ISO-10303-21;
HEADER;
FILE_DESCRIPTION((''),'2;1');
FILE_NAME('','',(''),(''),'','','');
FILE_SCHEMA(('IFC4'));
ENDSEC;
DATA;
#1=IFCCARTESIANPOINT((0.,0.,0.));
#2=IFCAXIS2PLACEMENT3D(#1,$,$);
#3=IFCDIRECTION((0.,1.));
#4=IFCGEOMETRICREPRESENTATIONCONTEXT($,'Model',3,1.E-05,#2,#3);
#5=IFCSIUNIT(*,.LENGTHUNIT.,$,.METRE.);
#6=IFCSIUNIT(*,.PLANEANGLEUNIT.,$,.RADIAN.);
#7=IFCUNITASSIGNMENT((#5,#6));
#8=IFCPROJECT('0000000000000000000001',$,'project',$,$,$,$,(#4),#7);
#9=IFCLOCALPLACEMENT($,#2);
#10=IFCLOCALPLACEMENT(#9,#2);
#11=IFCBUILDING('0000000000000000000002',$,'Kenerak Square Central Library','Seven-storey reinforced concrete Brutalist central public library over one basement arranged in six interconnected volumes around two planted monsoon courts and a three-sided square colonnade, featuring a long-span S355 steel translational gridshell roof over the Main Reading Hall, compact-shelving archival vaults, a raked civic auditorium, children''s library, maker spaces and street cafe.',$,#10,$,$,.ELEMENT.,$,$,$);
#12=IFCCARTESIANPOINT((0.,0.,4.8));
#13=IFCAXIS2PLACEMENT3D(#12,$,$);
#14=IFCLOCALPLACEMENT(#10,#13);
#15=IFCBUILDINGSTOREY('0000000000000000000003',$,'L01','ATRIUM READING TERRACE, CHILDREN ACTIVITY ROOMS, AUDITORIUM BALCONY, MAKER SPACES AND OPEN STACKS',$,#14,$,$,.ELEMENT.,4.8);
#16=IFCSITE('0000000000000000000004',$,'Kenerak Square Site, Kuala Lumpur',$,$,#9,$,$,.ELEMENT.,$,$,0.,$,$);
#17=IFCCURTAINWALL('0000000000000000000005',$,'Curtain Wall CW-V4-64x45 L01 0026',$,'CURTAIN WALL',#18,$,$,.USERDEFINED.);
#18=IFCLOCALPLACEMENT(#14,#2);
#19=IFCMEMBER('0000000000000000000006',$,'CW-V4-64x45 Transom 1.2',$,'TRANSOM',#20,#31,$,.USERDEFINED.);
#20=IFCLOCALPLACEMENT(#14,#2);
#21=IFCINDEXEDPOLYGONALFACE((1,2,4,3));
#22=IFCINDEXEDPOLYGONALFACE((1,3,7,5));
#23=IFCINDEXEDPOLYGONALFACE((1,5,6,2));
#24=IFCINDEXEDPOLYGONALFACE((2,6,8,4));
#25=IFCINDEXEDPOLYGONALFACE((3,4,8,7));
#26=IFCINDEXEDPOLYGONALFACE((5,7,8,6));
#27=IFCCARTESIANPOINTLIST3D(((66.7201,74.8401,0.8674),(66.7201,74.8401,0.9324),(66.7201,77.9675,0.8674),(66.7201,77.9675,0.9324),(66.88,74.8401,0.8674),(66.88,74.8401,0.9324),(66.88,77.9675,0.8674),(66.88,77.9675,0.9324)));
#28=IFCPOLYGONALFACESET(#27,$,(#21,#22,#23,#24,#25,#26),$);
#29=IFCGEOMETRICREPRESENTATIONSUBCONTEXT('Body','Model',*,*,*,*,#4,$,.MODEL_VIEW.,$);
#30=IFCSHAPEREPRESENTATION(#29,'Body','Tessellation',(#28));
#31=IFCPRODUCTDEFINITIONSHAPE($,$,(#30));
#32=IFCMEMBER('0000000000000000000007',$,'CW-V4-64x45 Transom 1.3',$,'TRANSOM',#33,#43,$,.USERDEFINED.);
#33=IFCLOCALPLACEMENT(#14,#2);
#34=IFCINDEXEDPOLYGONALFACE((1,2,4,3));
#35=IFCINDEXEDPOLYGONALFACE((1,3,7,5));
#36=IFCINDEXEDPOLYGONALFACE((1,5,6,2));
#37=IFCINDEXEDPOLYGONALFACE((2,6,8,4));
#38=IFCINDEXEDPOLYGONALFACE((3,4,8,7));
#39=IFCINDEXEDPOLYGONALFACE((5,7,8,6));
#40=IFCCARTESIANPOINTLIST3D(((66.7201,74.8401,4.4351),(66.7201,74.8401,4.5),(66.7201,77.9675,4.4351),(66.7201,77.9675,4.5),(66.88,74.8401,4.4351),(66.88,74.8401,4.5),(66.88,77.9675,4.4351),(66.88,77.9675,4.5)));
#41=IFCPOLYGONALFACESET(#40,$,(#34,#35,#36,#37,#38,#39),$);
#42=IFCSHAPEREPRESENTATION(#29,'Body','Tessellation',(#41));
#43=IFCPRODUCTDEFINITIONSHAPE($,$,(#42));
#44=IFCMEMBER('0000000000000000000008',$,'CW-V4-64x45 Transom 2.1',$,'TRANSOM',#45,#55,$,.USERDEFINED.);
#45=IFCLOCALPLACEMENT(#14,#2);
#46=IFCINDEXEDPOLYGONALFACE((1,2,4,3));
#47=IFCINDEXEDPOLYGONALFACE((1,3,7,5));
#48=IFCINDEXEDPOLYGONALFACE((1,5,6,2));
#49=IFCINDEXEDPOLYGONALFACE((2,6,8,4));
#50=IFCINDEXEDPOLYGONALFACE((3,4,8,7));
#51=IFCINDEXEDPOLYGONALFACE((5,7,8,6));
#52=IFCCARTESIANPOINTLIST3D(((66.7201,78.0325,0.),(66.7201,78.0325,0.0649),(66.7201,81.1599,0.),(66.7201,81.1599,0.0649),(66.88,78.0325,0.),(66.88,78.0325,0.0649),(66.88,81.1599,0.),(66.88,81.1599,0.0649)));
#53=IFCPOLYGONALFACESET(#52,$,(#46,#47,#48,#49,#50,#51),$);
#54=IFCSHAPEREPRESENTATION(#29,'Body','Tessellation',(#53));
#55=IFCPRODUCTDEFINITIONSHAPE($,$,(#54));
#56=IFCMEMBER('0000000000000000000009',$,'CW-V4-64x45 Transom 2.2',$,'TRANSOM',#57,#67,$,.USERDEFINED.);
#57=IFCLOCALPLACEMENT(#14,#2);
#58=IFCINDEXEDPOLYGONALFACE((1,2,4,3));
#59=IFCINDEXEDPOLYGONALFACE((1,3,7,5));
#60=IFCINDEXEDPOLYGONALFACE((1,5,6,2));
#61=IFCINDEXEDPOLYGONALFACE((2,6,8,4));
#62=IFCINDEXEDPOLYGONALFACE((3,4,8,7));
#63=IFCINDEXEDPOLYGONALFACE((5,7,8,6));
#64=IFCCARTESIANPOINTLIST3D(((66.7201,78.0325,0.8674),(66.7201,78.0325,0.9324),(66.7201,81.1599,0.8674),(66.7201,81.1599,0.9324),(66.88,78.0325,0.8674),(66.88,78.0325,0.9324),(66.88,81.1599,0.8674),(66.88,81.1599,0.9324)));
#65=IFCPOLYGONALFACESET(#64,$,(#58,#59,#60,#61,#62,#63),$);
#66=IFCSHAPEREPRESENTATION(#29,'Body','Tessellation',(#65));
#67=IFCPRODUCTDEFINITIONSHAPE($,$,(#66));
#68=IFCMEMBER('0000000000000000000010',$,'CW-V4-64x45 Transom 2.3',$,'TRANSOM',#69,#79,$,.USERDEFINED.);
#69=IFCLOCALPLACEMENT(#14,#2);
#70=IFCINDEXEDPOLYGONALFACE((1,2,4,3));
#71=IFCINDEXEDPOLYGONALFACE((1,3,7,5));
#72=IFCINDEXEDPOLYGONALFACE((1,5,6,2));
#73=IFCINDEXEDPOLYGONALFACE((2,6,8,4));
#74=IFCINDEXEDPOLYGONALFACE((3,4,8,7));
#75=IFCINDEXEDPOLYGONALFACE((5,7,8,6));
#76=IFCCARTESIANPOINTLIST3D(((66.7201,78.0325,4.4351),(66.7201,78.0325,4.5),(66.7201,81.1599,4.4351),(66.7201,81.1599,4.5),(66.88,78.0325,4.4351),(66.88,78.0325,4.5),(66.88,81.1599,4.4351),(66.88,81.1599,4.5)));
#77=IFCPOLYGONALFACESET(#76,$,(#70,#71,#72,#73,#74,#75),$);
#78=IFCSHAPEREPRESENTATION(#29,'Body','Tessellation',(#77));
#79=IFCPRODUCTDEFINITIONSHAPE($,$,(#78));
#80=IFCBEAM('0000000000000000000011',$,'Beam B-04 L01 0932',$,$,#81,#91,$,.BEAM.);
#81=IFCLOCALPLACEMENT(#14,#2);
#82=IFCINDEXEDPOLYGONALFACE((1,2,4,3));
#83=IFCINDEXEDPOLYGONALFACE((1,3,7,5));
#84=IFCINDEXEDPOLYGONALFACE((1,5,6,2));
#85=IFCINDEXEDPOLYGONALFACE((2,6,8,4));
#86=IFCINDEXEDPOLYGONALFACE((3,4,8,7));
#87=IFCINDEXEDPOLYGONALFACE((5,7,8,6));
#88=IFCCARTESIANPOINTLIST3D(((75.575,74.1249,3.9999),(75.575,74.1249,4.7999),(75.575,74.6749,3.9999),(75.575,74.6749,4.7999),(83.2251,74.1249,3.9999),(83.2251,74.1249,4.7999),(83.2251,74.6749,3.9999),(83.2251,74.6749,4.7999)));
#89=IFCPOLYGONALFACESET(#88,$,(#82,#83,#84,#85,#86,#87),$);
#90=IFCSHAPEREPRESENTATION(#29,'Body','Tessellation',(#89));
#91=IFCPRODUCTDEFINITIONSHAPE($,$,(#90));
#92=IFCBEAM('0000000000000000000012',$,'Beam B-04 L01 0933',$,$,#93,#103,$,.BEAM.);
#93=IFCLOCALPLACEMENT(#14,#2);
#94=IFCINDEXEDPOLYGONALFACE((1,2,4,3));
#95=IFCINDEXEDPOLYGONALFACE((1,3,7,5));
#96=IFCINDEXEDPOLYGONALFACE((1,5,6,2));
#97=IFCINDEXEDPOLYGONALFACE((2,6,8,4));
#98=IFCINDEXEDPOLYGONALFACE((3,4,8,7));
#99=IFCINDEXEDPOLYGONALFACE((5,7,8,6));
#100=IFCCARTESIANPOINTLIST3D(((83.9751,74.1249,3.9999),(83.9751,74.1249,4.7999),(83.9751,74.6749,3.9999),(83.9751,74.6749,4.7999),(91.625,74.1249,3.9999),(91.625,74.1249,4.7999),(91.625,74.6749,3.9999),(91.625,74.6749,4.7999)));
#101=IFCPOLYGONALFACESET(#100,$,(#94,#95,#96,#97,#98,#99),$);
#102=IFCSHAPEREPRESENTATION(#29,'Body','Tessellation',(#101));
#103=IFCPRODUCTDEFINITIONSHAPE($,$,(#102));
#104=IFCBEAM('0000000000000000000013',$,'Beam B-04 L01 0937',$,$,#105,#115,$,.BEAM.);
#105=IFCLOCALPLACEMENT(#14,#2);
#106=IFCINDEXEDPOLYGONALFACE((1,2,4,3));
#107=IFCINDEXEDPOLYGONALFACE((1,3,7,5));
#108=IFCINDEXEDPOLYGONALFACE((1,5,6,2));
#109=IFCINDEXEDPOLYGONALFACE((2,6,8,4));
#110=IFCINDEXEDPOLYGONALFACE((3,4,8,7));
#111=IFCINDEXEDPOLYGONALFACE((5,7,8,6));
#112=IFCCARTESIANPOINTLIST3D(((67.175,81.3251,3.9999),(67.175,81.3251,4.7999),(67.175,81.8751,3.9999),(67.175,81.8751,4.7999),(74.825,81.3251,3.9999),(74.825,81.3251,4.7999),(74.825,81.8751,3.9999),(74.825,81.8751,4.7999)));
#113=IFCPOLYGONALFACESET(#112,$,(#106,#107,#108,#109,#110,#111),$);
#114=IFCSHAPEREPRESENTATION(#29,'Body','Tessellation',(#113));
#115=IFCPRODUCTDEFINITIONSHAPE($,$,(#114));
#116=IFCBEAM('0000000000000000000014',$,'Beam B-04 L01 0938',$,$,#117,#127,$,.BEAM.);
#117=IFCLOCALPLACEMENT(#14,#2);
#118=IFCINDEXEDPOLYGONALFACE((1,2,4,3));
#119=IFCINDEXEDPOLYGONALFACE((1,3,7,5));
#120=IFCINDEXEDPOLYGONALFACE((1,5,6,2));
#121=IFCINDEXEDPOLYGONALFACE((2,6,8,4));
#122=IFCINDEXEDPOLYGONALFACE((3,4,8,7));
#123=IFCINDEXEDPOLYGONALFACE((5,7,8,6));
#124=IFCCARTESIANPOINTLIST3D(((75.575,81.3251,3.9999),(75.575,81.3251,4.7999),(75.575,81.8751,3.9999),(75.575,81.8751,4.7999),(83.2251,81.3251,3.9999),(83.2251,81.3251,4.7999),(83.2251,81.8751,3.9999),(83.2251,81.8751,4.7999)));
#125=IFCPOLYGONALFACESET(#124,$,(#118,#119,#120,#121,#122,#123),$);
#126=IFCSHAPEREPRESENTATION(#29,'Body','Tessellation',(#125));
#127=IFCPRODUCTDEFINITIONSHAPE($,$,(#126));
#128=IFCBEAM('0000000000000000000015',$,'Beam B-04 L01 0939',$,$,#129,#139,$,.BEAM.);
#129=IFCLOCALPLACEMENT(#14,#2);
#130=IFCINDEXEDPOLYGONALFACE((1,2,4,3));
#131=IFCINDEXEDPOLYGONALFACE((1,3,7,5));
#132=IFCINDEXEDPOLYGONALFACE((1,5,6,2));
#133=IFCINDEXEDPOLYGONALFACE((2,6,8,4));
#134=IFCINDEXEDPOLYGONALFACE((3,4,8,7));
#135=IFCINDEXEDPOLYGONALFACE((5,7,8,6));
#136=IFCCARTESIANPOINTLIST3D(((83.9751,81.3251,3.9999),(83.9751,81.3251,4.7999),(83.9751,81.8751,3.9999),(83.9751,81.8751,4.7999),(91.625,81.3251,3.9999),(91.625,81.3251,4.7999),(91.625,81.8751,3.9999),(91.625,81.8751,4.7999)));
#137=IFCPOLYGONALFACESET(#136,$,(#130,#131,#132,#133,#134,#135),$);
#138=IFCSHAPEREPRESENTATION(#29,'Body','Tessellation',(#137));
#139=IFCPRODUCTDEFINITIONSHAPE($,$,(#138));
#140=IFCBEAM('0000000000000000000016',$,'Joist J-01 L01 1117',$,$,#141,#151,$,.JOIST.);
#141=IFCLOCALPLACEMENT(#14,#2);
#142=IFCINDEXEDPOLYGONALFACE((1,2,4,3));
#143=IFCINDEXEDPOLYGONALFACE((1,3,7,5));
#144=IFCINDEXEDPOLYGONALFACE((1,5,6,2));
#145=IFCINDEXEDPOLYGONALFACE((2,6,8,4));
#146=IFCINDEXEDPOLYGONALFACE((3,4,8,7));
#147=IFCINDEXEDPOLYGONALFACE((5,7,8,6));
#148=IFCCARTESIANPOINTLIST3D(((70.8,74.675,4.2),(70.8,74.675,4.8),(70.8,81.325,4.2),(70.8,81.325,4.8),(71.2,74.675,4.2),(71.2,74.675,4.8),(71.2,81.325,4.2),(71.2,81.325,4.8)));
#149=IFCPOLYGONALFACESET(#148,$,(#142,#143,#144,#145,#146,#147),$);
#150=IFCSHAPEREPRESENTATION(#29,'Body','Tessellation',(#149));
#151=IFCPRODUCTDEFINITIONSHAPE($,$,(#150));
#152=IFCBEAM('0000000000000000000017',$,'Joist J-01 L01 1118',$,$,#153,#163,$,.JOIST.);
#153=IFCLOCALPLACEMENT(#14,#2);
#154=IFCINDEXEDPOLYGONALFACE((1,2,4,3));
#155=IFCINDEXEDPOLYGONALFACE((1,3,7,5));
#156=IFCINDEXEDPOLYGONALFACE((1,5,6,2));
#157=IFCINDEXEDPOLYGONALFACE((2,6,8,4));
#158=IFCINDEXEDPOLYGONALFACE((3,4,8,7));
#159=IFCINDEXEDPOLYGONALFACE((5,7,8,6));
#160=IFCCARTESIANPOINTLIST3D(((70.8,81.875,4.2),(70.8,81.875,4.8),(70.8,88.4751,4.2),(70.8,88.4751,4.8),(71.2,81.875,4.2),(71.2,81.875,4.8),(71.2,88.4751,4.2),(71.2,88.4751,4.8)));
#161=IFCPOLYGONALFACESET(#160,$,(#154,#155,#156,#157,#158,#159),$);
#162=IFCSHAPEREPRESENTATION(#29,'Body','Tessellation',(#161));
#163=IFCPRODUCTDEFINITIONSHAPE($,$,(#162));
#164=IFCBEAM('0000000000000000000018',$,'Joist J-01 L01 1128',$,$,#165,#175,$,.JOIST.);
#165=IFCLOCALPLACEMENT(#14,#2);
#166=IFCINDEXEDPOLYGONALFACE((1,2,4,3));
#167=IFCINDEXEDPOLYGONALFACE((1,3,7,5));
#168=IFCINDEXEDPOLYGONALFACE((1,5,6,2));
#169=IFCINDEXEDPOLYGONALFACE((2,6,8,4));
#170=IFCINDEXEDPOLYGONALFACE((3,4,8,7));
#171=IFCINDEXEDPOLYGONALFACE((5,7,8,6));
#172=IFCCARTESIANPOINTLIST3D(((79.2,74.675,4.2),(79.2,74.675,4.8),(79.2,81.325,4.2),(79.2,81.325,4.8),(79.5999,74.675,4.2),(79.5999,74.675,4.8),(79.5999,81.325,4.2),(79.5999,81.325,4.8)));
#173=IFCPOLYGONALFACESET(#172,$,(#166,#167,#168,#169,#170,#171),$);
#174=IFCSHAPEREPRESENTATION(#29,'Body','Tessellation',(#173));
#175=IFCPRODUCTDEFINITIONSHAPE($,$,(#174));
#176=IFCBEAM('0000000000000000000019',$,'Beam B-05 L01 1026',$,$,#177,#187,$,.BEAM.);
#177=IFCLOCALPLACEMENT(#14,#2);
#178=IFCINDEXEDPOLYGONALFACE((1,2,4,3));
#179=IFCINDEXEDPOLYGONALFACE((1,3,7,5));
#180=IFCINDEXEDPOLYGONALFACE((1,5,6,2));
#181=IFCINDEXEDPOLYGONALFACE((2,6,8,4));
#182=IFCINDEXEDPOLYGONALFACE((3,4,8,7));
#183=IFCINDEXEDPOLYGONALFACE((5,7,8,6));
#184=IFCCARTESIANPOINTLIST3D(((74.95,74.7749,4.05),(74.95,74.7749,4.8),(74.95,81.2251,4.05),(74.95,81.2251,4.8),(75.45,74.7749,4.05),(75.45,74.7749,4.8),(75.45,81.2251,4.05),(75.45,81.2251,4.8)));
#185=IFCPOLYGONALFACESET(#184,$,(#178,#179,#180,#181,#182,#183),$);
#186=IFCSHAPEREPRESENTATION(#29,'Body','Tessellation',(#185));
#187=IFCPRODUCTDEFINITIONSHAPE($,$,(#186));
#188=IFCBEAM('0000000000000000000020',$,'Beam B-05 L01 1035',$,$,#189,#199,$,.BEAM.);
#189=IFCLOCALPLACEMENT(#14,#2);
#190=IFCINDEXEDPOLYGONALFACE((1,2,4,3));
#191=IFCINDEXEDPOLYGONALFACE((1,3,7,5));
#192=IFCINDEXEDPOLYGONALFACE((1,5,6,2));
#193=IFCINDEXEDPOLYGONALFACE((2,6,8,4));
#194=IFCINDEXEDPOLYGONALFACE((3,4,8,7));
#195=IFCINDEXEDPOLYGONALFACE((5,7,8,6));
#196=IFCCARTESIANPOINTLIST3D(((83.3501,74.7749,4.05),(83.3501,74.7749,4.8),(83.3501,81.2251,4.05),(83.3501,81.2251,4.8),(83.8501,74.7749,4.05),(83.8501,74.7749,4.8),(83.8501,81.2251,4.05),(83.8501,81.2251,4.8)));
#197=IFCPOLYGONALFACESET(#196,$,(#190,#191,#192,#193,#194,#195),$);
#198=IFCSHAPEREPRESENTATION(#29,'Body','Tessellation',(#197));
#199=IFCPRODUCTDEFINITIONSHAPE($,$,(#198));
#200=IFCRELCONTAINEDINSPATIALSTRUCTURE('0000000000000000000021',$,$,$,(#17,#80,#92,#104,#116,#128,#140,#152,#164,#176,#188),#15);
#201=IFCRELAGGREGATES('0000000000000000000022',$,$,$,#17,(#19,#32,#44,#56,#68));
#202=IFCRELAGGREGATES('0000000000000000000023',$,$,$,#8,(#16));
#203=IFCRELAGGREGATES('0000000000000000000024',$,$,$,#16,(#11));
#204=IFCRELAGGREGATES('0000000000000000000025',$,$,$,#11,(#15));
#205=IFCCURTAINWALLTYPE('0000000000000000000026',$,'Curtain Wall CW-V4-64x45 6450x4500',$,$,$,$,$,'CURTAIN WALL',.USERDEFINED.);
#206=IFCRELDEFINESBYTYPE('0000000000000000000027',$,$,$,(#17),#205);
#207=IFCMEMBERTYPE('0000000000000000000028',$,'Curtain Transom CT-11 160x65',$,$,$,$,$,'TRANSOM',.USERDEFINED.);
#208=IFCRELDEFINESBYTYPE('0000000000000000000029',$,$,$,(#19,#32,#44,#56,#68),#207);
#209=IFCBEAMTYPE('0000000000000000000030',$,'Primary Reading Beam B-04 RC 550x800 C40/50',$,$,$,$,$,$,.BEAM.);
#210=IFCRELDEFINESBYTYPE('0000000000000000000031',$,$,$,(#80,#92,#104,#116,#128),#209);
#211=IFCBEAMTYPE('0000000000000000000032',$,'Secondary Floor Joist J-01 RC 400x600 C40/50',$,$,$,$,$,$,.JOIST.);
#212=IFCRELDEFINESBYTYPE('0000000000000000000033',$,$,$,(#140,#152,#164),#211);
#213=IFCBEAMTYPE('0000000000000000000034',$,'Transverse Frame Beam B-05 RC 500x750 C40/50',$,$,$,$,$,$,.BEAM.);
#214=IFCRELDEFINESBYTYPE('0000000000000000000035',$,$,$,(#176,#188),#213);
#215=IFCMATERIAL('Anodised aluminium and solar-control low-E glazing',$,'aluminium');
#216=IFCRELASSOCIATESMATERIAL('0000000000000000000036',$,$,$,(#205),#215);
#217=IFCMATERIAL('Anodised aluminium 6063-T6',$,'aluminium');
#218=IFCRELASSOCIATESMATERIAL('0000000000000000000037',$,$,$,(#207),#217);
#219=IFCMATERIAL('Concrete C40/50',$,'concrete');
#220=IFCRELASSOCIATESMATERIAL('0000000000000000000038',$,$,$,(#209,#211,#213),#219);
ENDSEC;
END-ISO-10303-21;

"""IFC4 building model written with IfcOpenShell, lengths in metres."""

from ifc_helpers import new_model, si_unit, direction, frame, origin, origin_2d, place, context, subcontext, project, spatial, rectangle, extrude, material, material_profile, profile_set, type_object, element, aggregate, save


model = new_model("IFC4")

# Units and contexts
model_context = context("Model", 3, precision=1e-05, world=origin(), true_north=direction((0.0, 1.0)))
body_context = subcontext(model_context, "Body", "Model", "MODEL_VIEW")
ifc_project = project(units=[si_unit("LENGTHUNIT", "METRE"), si_unit("PLANEANGLEUNIT", "RADIAN")], contexts=[model_context])

# Site, building, storey
site_placement = place(None, origin())
site = spatial("IfcSite", under=ifc_project, at=site_placement, Name="Kenerak Square Site, Kuala Lumpur", CompositionType="ELEMENT", RefElevation=0.0)
building_placement = place(site_placement, origin())
building = spatial("IfcBuilding", under=site, at=building_placement, Name="Kenerak Square Central Library", Description="Seven-storey reinforced concrete Brutalist central public library over one basement arranged in six interconnected volumes around two planted monsoon courts and a three-sided square colonnade, featuring a long-span S355 steel translational gridshell roof over the Main Reading Hall, compact-shelving archival vaults, a raked civic auditorium, children's library, maker spaces and street cafe.", CompositionType="ELEMENT")
storey_placement = place(building_placement, frame((0.0, 0.0, 4.8)))
storey = spatial("IfcBuildingStorey", under=building, at=storey_placement, Name="L01", Description="ATRIUM READING TERRACE, CHILDREN ACTIVITY ROOMS, AUDITORIUM BALCONY, MAKER SPACES AND OPEN STACKS", CompositionType="ELEMENT", Elevation=4.8)

# Shared definitions
ifc_material_1 = material(Name="Concrete C40/50", Category="concrete")

# Curtain wall, members
ifc_material_2 = material(Name="Anodised aluminium and solar-control low-E glazing", Category="aluminium")
curtain_wall_type = type_object("IfcCurtainWallType", Name="Curtain Wall CW-V4-64x45 6450x4500", ElementType="CURTAIN WALL", PredefinedType="USERDEFINED", material=ifc_material_2)
curtain_wall_placement = place(storey_placement, origin())
curtain_wall = element("IfcCurtainWall", 1, at=curtain_wall_placement, inside=storey, type_object=curtain_wall_type, Name="Curtain Wall CW-V4-64x45 L01 0026", ObjectType="CURTAIN WALL", PredefinedType="USERDEFINED")
ifc_material_3 = material(Name="Anodised aluminium 6063-T6", Category="aluminium")
ifc_material_profile_1 = material_profile(ifc_material_3, rectangle(XDim=0.1599, YDim=0.0649, at=origin_2d()), Name="AL TRANSOM 160x65")
ifc_profile_set_1 = profile_set([ifc_material_profile_1], Name="Anodised aluminium 6063-T6")
member_type_1 = type_object("IfcMemberType", Name="Curtain Transom CT-11 160x65", ElementType="TRANSOM", PredefinedType="USERDEFINED", material=ifc_profile_set_1)
member_1_placement = place(storey_placement, frame((66.8, 74.8401, 0.8999), z_axis=(0.0, 1.0, 0.0), x_axis=(-1.0, 0.0, 0.0)))
member_1 = element("IfcMember", 2, at=member_1_placement, type_object=member_type_1, Name="CW-V4-64x45 Transom 1.2", ObjectType="TRANSOM", PredefinedType="USERDEFINED", context=body_context, shape_type="SweptSolid", body=[
    extrude(rectangle(XDim=0.1599, YDim=0.0649, at=origin_2d()), origin(), (0.0, 0.0, 1.0), 3.1274),
])
member_2_placement = place(storey_placement, frame((66.8, 74.8401, 4.4675), z_axis=(0.0, 1.0, 0.0), x_axis=(-1.0, 0.0, 0.0)))
member_2 = element("IfcMember", 3, at=member_2_placement, type_object=member_type_1, Name="CW-V4-64x45 Transom 1.3", ObjectType="TRANSOM", PredefinedType="USERDEFINED", context=body_context, shape_type="SweptSolid", body=[
    extrude(rectangle(XDim=0.1599, YDim=0.0649, at=origin_2d()), origin(), (0.0, 0.0, 1.0), 3.1274),
])
member_3_placement = place(storey_placement, frame((66.8, 78.0325, 0.0325), z_axis=(0.0, 1.0, 0.0), x_axis=(-1.0, 0.0, 0.0)))
member_3 = element("IfcMember", 4, at=member_3_placement, type_object=member_type_1, Name="CW-V4-64x45 Transom 2.1", ObjectType="TRANSOM", PredefinedType="USERDEFINED", context=body_context, shape_type="SweptSolid", body=[
    extrude(rectangle(XDim=0.1599, YDim=0.0649, at=origin_2d()), origin(), (0.0, 0.0, 1.0), 3.1274),
])
member_4_placement = place(storey_placement, frame((66.8, 78.0325, 0.8999), z_axis=(0.0, 1.0, 0.0), x_axis=(-1.0, 0.0, 0.0)))
member_4 = element("IfcMember", 5, at=member_4_placement, type_object=member_type_1, Name="CW-V4-64x45 Transom 2.2", ObjectType="TRANSOM", PredefinedType="USERDEFINED", context=body_context, shape_type="SweptSolid", body=[
    extrude(rectangle(XDim=0.1599, YDim=0.0649, at=origin_2d()), origin(), (0.0, 0.0, 1.0), 3.1274),
])
member_5_placement = place(storey_placement, frame((66.8, 78.0325, 4.4675), z_axis=(0.0, 1.0, 0.0), x_axis=(-1.0, 0.0, 0.0)))
member_5 = element("IfcMember", 6, at=member_5_placement, type_object=member_type_1, Name="CW-V4-64x45 Transom 2.3", ObjectType="TRANSOM", PredefinedType="USERDEFINED", context=body_context, shape_type="SweptSolid", body=[
    extrude(rectangle(XDim=0.1599, YDim=0.0649, at=origin_2d()), origin(), (0.0, 0.0, 1.0), 3.1274),
])

# Beams
ifc_material_profile_2 = material_profile(ifc_material_1, rectangle(XDim=0.55, YDim=0.8, at=origin_2d()), Name="RC 550x800")
ifc_profile_set_2 = profile_set([ifc_material_profile_2], Name="Concrete C40/50")
beam_type_1 = type_object("IfcBeamType", Name="Primary Reading Beam B-04 RC 550x800 C40/50", PredefinedType="BEAM", material=ifc_profile_set_2)
beam_1_placement = place(storey_placement, frame((75.575, 74.3999, 4.3999), z_axis=(1.0, 0.0, 0.0), x_axis=(0.0, 1.0, 0.0)))
element("IfcBeam", 7, at=beam_1_placement, inside=storey, type_object=beam_type_1, Name="Beam B-04 L01 0932", PredefinedType="BEAM", context=body_context, shape_type="SweptSolid", body=[
    extrude(rectangle(XDim=0.55, YDim=0.8, at=origin_2d()), origin(), (0.0, 0.0, 1.0), 7.6501),
])
for number, where, z_axis, x_axis, name in (
    (8, (83.9751, 74.3999, 4.3999), (1.0, 0.0, 0.0), (0.0, 1.0, 0.0), "Beam B-04 L01 0933"),
    (9, (67.175, 81.6001, 4.3999), (1.0, 0.0, 0.0), (0.0, 1.0, 0.0), "Beam B-04 L01 0937"),
):
    element("IfcBeam", number, at=place(storey_placement, frame(where, z_axis=z_axis, x_axis=x_axis)), inside=storey, type_object=beam_type_1, Name=name, PredefinedType="BEAM", context=body_context, shape_type="SweptSolid", body=[
        extrude(rectangle(XDim=0.55, YDim=0.8, at=origin_2d()), origin(), (0.0, 0.0, 1.0), 7.6499),
    ])
beam_2_placement = place(storey_placement, frame((75.575, 81.6001, 4.3999), z_axis=(1.0, 0.0, 0.0), x_axis=(0.0, 1.0, 0.0)))
element("IfcBeam", 10, at=beam_2_placement, inside=storey, type_object=beam_type_1, Name="Beam B-04 L01 0938", PredefinedType="BEAM", context=body_context, shape_type="SweptSolid", body=[
    extrude(rectangle(XDim=0.55, YDim=0.8, at=origin_2d()), origin(), (0.0, 0.0, 1.0), 7.6501),
])
beam_3_placement = place(storey_placement, frame((83.9751, 81.6001, 4.3999), z_axis=(1.0, 0.0, 0.0), x_axis=(0.0, 1.0, 0.0)))
element("IfcBeam", 11, at=beam_3_placement, inside=storey, type_object=beam_type_1, Name="Beam B-04 L01 0939", PredefinedType="BEAM", context=body_context, shape_type="SweptSolid", body=[
    extrude(rectangle(XDim=0.55, YDim=0.8, at=origin_2d()), origin(), (0.0, 0.0, 1.0), 7.6499),
])
ifc_material_profile_3 = material_profile(ifc_material_1, rectangle(XDim=0.3999, YDim=0.6001, at=origin_2d()), Name="RC 400x600")
ifc_profile_set_3 = profile_set([ifc_material_profile_3], Name="Concrete C40/50")
beam_type_2 = type_object("IfcBeamType", Name="Secondary Floor Joist J-01 RC 400x600 C40/50", PredefinedType="JOIST", material=ifc_profile_set_3)
beam_4_placement = place(storey_placement, frame((71.0, 74.675, 4.5), z_axis=(0.0, 1.0, 0.0), x_axis=(-1.0, 0.0, 0.0)))
element("IfcBeam", 12, at=beam_4_placement, inside=storey, type_object=beam_type_2, Name="Joist J-01 L01 1117", PredefinedType="JOIST", context=body_context, shape_type="SweptSolid", body=[
    extrude(rectangle(XDim=0.3999, YDim=0.6001, at=origin_2d()), origin(), (0.0, 0.0, 1.0), 6.6499),
])
beam_5_placement = place(storey_placement, frame((71.0, 81.875, 4.5), z_axis=(0.0, 1.0, 0.0), x_axis=(-1.0, 0.0, 0.0)))
element("IfcBeam", 13, at=beam_5_placement, inside=storey, type_object=beam_type_2, Name="Joist J-01 L01 1118", PredefinedType="JOIST", context=body_context, shape_type="SweptSolid", body=[
    extrude(rectangle(XDim=0.3999, YDim=0.6001, at=origin_2d()), origin(), (0.0, 0.0, 1.0), 6.6001),
])
beam_6_placement = place(storey_placement, frame((79.3999, 74.675, 4.5), z_axis=(0.0, 1.0, 0.0), x_axis=(-1.0, 0.0, 0.0)))
element("IfcBeam", 14, at=beam_6_placement, inside=storey, type_object=beam_type_2, Name="Joist J-01 L01 1128", PredefinedType="JOIST", context=body_context, shape_type="SweptSolid", body=[
    extrude(rectangle(XDim=0.3999, YDim=0.6001, at=origin_2d()), origin(), (0.0, 0.0, 1.0), 6.6499),
])
ifc_material_profile_4 = material_profile(ifc_material_1, rectangle(XDim=0.5, YDim=0.75, at=origin_2d()), Name="RC 500x750")
ifc_profile_set_4 = profile_set([ifc_material_profile_4], Name="Concrete C40/50")
beam_type_3 = type_object("IfcBeamType", Name="Transverse Frame Beam B-05 RC 500x750 C40/50", PredefinedType="BEAM", material=ifc_profile_set_4)
for number, where, z_axis, x_axis, name in (
    (15, (75.2, 74.7749, 4.425), (0.0, 1.0, 0.0), (-1.0, 0.0, 0.0), "Beam B-05 L01 1026"),
    (16, (83.6001, 74.7749, 4.425), (0.0, 1.0, 0.0), (-1.0, 0.0, 0.0), "Beam B-05 L01 1035"),
):
    element("IfcBeam", number, at=place(storey_placement, frame(where, z_axis=z_axis, x_axis=x_axis)), inside=storey, type_object=beam_type_3, Name=name, PredefinedType="BEAM", context=body_context, shape_type="SweptSolid", body=[
        extrude(rectangle(XDim=0.5, YDim=0.75, at=origin_2d()), origin(), (0.0, 0.0, 1.0), 6.4502),
    ])

aggregate(curtain_wall, [member_1, member_2, member_3, member_4, member_5])

save(model, "model.ifc")
